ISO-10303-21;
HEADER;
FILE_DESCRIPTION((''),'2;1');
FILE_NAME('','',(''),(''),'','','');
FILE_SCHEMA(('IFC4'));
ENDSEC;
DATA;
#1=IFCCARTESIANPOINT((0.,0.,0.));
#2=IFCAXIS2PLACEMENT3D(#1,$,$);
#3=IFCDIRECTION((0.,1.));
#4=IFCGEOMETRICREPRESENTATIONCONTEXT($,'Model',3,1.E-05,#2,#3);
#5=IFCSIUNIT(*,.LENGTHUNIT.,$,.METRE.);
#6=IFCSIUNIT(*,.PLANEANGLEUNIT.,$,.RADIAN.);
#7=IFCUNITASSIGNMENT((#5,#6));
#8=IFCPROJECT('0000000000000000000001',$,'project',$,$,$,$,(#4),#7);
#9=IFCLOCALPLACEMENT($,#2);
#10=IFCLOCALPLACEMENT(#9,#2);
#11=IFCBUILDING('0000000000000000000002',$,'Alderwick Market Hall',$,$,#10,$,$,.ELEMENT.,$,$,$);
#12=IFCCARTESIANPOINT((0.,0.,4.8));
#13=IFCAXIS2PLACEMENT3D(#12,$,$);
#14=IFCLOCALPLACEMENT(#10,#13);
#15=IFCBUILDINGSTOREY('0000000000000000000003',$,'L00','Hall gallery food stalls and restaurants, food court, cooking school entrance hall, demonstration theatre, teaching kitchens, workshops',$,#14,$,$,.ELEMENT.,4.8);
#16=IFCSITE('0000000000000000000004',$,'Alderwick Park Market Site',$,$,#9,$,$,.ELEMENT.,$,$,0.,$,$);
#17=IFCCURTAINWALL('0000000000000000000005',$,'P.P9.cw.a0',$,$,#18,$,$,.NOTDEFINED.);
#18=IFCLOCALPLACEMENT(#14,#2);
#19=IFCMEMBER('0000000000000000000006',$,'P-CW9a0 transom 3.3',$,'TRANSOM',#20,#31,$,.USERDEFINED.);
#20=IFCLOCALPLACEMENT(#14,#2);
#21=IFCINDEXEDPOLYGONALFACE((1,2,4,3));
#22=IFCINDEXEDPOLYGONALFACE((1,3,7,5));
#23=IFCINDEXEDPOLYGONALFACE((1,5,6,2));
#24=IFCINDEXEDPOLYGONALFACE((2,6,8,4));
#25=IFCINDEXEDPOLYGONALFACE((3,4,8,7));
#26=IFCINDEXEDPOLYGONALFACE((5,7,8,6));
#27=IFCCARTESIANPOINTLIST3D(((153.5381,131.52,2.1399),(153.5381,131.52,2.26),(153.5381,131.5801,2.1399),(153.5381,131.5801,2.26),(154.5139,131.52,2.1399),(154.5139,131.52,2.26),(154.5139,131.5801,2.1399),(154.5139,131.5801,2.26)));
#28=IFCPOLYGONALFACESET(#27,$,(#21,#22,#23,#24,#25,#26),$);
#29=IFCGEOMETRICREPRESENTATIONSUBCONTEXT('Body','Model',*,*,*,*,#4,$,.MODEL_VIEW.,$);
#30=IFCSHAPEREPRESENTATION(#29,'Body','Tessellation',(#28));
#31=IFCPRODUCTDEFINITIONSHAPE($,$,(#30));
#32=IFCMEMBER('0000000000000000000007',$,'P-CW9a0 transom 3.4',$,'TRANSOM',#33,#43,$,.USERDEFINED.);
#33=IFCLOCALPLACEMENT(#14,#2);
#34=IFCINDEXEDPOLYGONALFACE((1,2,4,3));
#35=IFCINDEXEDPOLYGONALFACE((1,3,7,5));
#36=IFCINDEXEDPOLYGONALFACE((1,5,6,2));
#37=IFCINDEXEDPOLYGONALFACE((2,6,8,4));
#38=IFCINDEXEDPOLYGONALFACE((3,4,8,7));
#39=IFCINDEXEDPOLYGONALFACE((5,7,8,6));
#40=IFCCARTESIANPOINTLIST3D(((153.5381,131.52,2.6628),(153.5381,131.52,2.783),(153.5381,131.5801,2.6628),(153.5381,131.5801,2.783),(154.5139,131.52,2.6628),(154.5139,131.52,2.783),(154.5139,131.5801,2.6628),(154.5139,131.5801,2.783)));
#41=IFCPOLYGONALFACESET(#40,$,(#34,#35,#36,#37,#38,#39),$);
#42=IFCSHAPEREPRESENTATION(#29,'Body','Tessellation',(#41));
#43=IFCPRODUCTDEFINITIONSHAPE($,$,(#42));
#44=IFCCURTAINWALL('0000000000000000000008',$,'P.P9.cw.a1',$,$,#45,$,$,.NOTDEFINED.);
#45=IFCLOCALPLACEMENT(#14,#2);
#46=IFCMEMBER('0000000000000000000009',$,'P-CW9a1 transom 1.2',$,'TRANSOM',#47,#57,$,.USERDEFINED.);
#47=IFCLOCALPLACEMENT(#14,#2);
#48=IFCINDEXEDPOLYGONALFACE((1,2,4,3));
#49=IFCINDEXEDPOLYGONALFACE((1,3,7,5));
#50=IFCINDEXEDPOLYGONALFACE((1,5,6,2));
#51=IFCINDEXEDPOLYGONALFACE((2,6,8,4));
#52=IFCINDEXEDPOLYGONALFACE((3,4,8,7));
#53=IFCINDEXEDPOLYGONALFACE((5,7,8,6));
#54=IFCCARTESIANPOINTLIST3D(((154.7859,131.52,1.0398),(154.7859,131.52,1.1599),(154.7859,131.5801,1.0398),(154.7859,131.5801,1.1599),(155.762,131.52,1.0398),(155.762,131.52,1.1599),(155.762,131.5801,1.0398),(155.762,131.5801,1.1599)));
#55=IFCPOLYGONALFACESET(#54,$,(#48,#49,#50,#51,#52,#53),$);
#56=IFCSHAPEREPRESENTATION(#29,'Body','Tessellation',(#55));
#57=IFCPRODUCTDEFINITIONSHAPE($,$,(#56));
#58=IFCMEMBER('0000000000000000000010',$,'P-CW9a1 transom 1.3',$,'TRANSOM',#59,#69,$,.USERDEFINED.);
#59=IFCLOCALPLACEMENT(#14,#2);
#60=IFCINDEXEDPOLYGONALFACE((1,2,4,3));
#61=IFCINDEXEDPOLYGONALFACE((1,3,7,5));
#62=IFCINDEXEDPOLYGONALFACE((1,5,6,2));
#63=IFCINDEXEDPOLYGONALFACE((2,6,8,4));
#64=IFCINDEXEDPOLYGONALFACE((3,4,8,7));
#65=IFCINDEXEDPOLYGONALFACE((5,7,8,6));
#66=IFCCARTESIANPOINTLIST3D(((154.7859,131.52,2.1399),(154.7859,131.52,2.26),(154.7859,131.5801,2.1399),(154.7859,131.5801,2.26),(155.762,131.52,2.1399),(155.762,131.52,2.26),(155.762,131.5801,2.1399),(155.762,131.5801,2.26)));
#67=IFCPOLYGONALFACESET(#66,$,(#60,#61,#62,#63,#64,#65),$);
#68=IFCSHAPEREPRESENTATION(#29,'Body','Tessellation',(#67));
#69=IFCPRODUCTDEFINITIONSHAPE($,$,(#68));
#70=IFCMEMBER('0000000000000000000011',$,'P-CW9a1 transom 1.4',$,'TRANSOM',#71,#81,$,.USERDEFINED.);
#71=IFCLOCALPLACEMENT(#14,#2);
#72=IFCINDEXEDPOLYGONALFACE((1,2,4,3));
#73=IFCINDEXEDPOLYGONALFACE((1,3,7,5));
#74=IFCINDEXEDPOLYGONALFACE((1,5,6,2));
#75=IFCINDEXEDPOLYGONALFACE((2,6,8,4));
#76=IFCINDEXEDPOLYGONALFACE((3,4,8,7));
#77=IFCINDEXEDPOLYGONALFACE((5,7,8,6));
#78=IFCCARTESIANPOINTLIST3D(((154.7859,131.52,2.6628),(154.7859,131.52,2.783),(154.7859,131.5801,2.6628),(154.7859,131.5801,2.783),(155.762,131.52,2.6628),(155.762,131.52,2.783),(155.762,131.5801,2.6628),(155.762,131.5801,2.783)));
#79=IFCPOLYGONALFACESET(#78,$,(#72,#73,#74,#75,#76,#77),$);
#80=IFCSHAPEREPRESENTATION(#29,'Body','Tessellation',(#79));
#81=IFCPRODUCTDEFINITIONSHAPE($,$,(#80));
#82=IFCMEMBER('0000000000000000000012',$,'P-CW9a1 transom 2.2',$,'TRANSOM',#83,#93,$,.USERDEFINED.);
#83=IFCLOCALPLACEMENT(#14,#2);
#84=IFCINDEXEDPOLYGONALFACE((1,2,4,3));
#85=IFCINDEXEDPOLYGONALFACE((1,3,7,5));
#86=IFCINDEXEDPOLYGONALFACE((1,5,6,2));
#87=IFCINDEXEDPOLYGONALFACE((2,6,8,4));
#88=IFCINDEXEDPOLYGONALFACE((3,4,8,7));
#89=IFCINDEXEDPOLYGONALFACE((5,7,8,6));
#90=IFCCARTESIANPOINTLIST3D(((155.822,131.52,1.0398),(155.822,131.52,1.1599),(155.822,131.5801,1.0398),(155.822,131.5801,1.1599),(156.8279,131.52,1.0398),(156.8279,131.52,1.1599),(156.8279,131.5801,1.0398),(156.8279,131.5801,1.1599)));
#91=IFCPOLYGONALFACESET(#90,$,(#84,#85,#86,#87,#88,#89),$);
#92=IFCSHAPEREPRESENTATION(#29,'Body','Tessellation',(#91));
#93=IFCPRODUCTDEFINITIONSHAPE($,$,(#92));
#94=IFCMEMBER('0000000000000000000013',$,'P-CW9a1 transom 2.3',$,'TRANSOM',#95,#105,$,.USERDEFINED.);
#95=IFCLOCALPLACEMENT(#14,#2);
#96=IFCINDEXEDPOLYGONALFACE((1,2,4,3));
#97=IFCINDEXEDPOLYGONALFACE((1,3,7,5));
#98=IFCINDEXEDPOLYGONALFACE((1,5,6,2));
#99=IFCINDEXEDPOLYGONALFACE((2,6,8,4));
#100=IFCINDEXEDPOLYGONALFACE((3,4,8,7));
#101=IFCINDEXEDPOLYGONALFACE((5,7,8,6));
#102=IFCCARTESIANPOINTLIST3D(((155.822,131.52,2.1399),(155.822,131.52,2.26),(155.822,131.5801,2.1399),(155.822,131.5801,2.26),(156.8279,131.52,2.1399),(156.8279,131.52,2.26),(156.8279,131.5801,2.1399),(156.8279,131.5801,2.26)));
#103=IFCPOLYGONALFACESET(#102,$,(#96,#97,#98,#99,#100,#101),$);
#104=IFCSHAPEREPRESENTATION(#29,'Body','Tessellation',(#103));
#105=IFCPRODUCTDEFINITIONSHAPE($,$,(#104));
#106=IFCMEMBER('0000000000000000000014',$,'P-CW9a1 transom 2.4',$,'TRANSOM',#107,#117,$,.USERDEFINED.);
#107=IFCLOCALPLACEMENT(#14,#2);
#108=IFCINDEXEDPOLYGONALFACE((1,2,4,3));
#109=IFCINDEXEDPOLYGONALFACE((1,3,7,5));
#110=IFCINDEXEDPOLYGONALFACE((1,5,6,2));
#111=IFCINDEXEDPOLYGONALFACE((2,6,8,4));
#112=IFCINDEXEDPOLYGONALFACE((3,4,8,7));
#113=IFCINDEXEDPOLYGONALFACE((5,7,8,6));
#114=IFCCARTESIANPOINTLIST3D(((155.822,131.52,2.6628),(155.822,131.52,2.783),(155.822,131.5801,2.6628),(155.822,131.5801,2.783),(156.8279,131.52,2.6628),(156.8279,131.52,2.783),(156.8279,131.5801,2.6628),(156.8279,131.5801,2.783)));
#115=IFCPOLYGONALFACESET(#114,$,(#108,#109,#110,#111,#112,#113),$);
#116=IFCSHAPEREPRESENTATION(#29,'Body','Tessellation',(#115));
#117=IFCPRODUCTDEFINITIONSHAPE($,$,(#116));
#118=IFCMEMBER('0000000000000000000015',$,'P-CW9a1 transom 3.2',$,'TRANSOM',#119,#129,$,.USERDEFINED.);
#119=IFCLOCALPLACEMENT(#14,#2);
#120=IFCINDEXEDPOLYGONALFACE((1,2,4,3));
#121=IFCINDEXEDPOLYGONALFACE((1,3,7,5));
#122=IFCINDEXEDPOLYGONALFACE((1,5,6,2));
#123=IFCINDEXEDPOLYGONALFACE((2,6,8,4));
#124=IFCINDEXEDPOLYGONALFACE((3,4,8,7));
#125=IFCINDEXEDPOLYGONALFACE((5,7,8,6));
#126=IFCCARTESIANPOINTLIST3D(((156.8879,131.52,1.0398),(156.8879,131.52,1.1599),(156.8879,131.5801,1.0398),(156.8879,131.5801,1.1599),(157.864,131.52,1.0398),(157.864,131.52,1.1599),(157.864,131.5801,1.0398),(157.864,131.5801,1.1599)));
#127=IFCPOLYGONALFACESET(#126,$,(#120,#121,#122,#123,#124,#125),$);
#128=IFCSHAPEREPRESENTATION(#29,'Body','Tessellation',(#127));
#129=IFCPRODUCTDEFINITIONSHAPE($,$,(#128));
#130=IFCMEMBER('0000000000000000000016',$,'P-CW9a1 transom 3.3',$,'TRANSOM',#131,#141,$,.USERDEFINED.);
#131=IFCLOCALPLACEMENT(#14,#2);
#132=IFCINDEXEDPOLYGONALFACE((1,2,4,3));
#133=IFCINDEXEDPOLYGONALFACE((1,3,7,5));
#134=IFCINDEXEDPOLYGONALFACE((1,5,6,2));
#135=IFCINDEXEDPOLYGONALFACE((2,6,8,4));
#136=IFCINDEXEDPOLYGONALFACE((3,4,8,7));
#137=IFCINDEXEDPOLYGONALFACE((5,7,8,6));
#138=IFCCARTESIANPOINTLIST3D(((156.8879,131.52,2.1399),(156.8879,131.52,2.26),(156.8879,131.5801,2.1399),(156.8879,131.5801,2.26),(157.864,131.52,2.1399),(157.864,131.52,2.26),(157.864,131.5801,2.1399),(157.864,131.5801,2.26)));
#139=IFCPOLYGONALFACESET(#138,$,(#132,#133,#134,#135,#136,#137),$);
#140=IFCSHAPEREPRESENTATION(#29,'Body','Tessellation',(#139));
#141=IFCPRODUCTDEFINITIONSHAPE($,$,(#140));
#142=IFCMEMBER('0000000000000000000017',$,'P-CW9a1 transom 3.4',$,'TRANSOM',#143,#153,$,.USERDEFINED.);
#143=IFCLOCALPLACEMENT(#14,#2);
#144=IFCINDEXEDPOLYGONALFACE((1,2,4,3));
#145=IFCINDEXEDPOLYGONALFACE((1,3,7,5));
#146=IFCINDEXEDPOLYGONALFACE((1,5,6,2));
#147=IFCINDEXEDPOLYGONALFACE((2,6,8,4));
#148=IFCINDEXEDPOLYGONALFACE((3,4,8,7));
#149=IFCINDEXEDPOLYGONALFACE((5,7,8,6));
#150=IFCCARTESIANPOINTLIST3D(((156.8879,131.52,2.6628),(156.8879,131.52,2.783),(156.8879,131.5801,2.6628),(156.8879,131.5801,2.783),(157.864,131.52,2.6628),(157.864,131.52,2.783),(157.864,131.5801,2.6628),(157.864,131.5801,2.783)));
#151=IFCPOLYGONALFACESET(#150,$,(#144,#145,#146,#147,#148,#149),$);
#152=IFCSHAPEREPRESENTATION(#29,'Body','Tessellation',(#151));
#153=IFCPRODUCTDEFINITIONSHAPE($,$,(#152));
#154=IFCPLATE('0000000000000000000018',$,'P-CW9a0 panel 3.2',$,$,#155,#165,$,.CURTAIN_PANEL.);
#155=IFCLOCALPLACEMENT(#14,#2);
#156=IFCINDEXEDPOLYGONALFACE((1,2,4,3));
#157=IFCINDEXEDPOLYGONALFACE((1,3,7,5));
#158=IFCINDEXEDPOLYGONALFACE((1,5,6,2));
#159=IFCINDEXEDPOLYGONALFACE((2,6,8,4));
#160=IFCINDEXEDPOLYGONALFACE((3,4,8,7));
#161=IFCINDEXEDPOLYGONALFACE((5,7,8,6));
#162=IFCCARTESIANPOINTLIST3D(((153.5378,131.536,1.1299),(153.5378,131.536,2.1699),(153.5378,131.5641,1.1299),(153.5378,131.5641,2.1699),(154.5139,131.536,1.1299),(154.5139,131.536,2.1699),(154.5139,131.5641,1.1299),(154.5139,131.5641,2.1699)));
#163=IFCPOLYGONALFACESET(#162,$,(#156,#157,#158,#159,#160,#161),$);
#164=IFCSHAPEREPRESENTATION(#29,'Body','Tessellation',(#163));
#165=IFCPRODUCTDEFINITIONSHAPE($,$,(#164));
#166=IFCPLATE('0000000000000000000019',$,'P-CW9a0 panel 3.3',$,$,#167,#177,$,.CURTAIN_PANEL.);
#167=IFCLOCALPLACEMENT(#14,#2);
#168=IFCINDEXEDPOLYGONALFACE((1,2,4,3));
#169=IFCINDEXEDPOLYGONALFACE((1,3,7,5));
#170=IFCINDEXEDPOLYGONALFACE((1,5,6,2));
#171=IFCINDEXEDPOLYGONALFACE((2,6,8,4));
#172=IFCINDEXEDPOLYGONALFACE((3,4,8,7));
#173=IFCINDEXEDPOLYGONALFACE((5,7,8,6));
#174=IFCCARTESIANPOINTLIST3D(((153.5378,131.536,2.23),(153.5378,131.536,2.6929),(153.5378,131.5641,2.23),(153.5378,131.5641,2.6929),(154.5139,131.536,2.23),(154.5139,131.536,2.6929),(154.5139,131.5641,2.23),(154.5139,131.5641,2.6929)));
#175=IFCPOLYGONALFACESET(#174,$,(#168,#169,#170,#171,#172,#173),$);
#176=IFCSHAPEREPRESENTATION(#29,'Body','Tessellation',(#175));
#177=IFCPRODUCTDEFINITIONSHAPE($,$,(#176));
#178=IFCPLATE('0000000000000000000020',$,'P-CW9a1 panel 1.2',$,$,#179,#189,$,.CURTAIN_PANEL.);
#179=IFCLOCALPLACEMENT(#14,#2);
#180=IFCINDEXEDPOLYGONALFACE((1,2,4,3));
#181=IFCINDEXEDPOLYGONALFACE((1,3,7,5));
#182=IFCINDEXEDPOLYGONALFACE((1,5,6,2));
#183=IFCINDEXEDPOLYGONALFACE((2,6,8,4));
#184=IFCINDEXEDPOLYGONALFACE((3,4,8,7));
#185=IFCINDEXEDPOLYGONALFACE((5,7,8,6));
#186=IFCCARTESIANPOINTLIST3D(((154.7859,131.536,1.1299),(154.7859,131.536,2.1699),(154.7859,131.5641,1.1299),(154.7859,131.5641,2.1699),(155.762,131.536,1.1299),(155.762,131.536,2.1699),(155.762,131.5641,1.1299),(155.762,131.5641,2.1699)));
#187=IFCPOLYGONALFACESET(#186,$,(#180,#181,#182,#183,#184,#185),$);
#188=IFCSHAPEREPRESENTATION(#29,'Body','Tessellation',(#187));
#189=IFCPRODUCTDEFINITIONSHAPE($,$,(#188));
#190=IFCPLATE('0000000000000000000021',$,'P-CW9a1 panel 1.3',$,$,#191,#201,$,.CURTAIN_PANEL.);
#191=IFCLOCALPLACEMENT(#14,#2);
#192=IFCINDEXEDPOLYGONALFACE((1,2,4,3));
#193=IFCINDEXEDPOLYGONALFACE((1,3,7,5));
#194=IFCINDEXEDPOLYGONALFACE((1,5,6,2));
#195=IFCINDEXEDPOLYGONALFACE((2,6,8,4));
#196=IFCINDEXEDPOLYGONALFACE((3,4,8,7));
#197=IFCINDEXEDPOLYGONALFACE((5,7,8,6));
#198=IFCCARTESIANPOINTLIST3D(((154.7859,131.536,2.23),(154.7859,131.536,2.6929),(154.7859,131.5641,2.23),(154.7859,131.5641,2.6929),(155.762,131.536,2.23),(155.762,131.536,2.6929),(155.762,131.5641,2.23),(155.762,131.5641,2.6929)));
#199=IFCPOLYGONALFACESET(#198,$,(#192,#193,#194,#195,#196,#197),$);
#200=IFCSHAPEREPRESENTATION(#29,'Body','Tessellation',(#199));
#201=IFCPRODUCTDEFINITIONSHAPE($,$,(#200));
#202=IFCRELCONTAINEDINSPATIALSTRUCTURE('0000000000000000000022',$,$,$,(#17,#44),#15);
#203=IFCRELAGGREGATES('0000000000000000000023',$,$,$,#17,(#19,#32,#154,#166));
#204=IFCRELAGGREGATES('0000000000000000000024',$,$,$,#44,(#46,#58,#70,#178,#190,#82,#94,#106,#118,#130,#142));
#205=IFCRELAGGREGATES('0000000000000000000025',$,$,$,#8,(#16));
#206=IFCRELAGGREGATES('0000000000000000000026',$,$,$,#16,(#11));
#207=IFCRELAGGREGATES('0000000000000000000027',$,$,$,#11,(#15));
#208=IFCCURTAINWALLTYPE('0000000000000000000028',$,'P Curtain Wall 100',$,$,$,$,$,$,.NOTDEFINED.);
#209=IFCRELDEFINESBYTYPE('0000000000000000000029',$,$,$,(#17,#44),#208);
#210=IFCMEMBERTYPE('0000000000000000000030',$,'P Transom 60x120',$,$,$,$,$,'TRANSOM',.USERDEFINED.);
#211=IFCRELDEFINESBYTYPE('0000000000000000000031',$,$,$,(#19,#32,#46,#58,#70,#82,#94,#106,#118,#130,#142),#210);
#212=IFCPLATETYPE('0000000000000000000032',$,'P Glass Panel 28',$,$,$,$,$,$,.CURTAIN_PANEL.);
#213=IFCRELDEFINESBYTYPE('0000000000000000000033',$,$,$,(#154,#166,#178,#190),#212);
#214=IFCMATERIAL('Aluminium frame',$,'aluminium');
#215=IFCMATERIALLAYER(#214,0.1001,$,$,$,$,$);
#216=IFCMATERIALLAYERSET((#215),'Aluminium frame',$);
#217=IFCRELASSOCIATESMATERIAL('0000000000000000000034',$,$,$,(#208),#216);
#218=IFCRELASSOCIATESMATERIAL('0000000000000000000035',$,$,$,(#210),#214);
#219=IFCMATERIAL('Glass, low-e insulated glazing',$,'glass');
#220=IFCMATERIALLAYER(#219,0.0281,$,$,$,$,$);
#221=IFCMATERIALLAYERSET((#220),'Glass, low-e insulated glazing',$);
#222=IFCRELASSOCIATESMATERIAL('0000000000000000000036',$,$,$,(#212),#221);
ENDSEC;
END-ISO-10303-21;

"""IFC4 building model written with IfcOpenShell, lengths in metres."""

from ifc_helpers import new_model, si_unit, direction, frame, origin, origin_2d, place, context, subcontext, project, spatial, rectangle, extrude, material, layer, layer_set, material_profile, profile_set, type_object, element, aggregate, save


model = new_model("IFC4")

# Units and contexts
model_context = context("Model", 3, precision=1e-05, world=origin(), true_north=direction((0.0, 1.0)))
body_context = subcontext(model_context, "Body", "Model", "MODEL_VIEW")
ifc_project = project(units=[si_unit("LENGTHUNIT", "METRE"), si_unit("PLANEANGLEUNIT", "RADIAN")], contexts=[model_context])

# Site, building, storey
site_placement = place(None, origin())
site = spatial("IfcSite", under=ifc_project, at=site_placement, Name="Alderwick Park Market Site", CompositionType="ELEMENT", RefElevation=0.0)
building_placement = place(site_placement, origin())
building = spatial("IfcBuilding", under=site, at=building_placement, Name="Alderwick Market Hall", CompositionType="ELEMENT")
storey_placement = place(building_placement, frame((0.0, 0.0, 4.8)))
storey = spatial("IfcBuildingStorey", under=building, at=storey_placement, Name="L00", Description="Hall gallery food stalls and restaurants, food court, cooking school entrance hall, demonstration theatre, teaching kitchens, workshops", CompositionType="ELEMENT", Elevation=4.8)

# Curtain walls, members
ifc_material_1 = material(Name="Aluminium frame", Category="aluminium")
ifc_layer_1 = layer(ifc_material_1, 0.1001)
ifc_layer_set_1 = layer_set([ifc_layer_1], Name="Aluminium frame")
curtain_wall_type = type_object("IfcCurtainWallType", Name="P Curtain Wall 100", PredefinedType="NOTDEFINED", material=ifc_layer_set_1)
curtain_wall_1_placement = place(storey_placement, origin())
curtain_wall_1 = element("IfcCurtainWall", 1, at=curtain_wall_1_placement, inside=storey, type_object=curtain_wall_type, Name="P.P9.cw.a0", PredefinedType="NOTDEFINED")
ifc_material_profile = material_profile(ifc_material_1, rectangle(XDim=0.0601, YDim=0.1201, at=origin_2d()), Name="P Transom 60x120")
ifc_profile_set = profile_set([ifc_material_profile], Name="Aluminium frame")
member_type = type_object("IfcMemberType", Name="P Transom 60x120", ElementType="TRANSOM", PredefinedType="USERDEFINED", material=ifc_profile_set)
member_1_placement = place(storey_placement, frame((153.5381, 131.55, 2.2), z_axis=(1.0, 0.0, 0.0), x_axis=(0.0, 1.0, 0.0)))
member_1 = element("IfcMember", 2, at=member_1_placement, type_object=member_type, Name="P-CW9a0 transom 3.3", ObjectType="TRANSOM", PredefinedType="USERDEFINED", context=body_context, shape_type="SweptSolid", body=[
    extrude(rectangle(XDim=0.0601, YDim=0.1201, at=origin_2d()), origin(), (0.0, 0.0, 1.0), 0.9758),
])
member_2_placement = place(storey_placement, frame((153.5381, 131.55, 2.7229), z_axis=(1.0, 0.0, 0.0), x_axis=(0.0, 1.0, 0.0)))
member_2 = element("IfcMember", 3, at=member_2_placement, type_object=member_type, Name="P-CW9a0 transom 3.4", ObjectType="TRANSOM", PredefinedType="USERDEFINED", context=body_context, shape_type="SweptSolid", body=[
    extrude(rectangle(XDim=0.0601, YDim=0.1201, at=origin_2d()), origin(), (0.0, 0.0, 1.0), 0.9758),
])
curtain_wall_2_placement = place(storey_placement, origin())
curtain_wall_2 = element("IfcCurtainWall", 4, at=curtain_wall_2_placement, inside=storey, type_object=curtain_wall_type, Name="P.P9.cw.a1", PredefinedType="NOTDEFINED")
member_3_placement = place(storey_placement, frame((154.7859, 131.55, 1.0999), z_axis=(1.0, 0.0, 0.0), x_axis=(0.0, 1.0, 0.0)))
member_3 = element("IfcMember", 5, at=member_3_placement, type_object=member_type, Name="P-CW9a1 transom 1.2", ObjectType="TRANSOM", PredefinedType="USERDEFINED", context=body_context, shape_type="SweptSolid", body=[
    extrude(rectangle(XDim=0.0601, YDim=0.1201, at=origin_2d()), origin(), (0.0, 0.0, 1.0), 0.9761),
])
member_4_placement = place(storey_placement, frame((154.7859, 131.55, 2.2), z_axis=(1.0, 0.0, 0.0), x_axis=(0.0, 1.0, 0.0)))
member_4 = element("IfcMember", 6, at=member_4_placement, type_object=member_type, Name="P-CW9a1 transom 1.3", ObjectType="TRANSOM", PredefinedType="USERDEFINED", context=body_context, shape_type="SweptSolid", body=[
    extrude(rectangle(XDim=0.0601, YDim=0.1201, at=origin_2d()), origin(), (0.0, 0.0, 1.0), 0.9761),
])
member_5_placement = place(storey_placement, frame((154.7859, 131.55, 2.7229), z_axis=(1.0, 0.0, 0.0), x_axis=(0.0, 1.0, 0.0)))
member_5 = element("IfcMember", 7, at=member_5_placement, type_object=member_type, Name="P-CW9a1 transom 1.4", ObjectType="TRANSOM", PredefinedType="USERDEFINED", context=body_context, shape_type="SweptSolid", body=[
    extrude(rectangle(XDim=0.0601, YDim=0.1201, at=origin_2d()), origin(), (0.0, 0.0, 1.0), 0.9761),
])
member_6_placement = place(storey_placement, frame((155.822, 131.55, 1.0999), z_axis=(1.0, 0.0, 0.0), x_axis=(0.0, 1.0, 0.0)))
member_6 = element("IfcMember", 8, at=member_6_placement, type_object=member_type, Name="P-CW9a1 transom 2.2", ObjectType="TRANSOM", PredefinedType="USERDEFINED", context=body_context, shape_type="SweptSolid", body=[
    extrude(rectangle(XDim=0.0601, YDim=0.1201, at=origin_2d()), origin(), (0.0, 0.0, 1.0), 1.0059),
])
member_7_placement = place(storey_placement, frame((155.822, 131.55, 2.2), z_axis=(1.0, 0.0, 0.0), x_axis=(0.0, 1.0, 0.0)))
member_7 = element("IfcMember", 9, at=member_7_placement, type_object=member_type, Name="P-CW9a1 transom 2.3", ObjectType="TRANSOM", PredefinedType="USERDEFINED", context=body_context, shape_type="SweptSolid", body=[
    extrude(rectangle(XDim=0.0601, YDim=0.1201, at=origin_2d()), origin(), (0.0, 0.0, 1.0), 1.0059),
])
member_8_placement = place(storey_placement, frame((155.822, 131.55, 2.7229), z_axis=(1.0, 0.0, 0.0), x_axis=(0.0, 1.0, 0.0)))
member_8 = element("IfcMember", 10, at=member_8_placement, type_object=member_type, Name="P-CW9a1 transom 2.4", ObjectType="TRANSOM", PredefinedType="USERDEFINED", context=body_context, shape_type="SweptSolid", body=[
    extrude(rectangle(XDim=0.0601, YDim=0.1201, at=origin_2d()), origin(), (0.0, 0.0, 1.0), 1.0059),
])
member_9_placement = place(storey_placement, frame((156.8879, 131.55, 1.0999), z_axis=(1.0, 0.0, 0.0), x_axis=(0.0, 1.0, 0.0)))
member_9 = element("IfcMember", 11, at=member_9_placement, type_object=member_type, Name="P-CW9a1 transom 3.2", ObjectType="TRANSOM", PredefinedType="USERDEFINED", context=body_context, shape_type="SweptSolid", body=[
    extrude(rectangle(XDim=0.0601, YDim=0.1201, at=origin_2d()), origin(), (0.0, 0.0, 1.0), 0.9761),
])
member_10_placement = place(storey_placement, frame((156.8879, 131.55, 2.2), z_axis=(1.0, 0.0, 0.0), x_axis=(0.0, 1.0, 0.0)))
member_10 = element("IfcMember", 12, at=member_10_placement, type_object=member_type, Name="P-CW9a1 transom 3.3", ObjectType="TRANSOM", PredefinedType="USERDEFINED", context=body_context, shape_type="SweptSolid", body=[
    extrude(rectangle(XDim=0.0601, YDim=0.1201, at=origin_2d()), origin(), (0.0, 0.0, 1.0), 0.9761),
])
member_11_placement = place(storey_placement, frame((156.8879, 131.55, 2.7229), z_axis=(1.0, 0.0, 0.0), x_axis=(0.0, 1.0, 0.0)))
member_11 = element("IfcMember", 13, at=member_11_placement, type_object=member_type, Name="P-CW9a1 transom 3.4", ObjectType="TRANSOM", PredefinedType="USERDEFINED", context=body_context, shape_type="SweptSolid", body=[
    extrude(rectangle(XDim=0.0601, YDim=0.1201, at=origin_2d()), origin(), (0.0, 0.0, 1.0), 0.9761),
])

# Plates
ifc_material_2 = material(Name="Glass, low-e insulated glazing", Category="glass")
ifc_layer_2 = layer(ifc_material_2, 0.0281)
ifc_layer_set_2 = layer_set([ifc_layer_2], Name="Glass, low-e insulated glazing")
plate_type = type_object("IfcPlateType", Name="P Glass Panel 28", PredefinedType="CURTAIN_PANEL", material=ifc_layer_set_2)
plate_1_placement = place(storey_placement, frame((154.0259, 131.55, 1.1299), z_axis=(0.0, 0.0, 1.0), x_axis=(1.0, 0.0, 0.0)))
plate_1 = element("IfcPlate", 14, at=plate_1_placement, type_object=plate_type, Name="P-CW9a0 panel 3.2", PredefinedType="CURTAIN_PANEL", context=body_context, shape_type="SweptSolid", body=[
    extrude(rectangle(XDim=0.9761, YDim=0.0281, at=origin_2d()), origin(), (0.0, 0.0, 1.0), 1.04),
])
plate_2_placement = place(storey_placement, frame((154.0259, 131.55, 2.23), z_axis=(0.0, 0.0, 1.0), x_axis=(1.0, 0.0, 0.0)))
plate_2 = element("IfcPlate", 15, at=plate_2_placement, type_object=plate_type, Name="P-CW9a0 panel 3.3", PredefinedType="CURTAIN_PANEL", context=body_context, shape_type="SweptSolid", body=[
    extrude(rectangle(XDim=0.9761, YDim=0.0281, at=origin_2d()), origin(), (0.0, 0.0, 1.0), 0.4629),
])
aggregate(curtain_wall_1, [member_1, member_2, plate_1, plate_2])
plate_3_placement = place(storey_placement, frame((155.2739, 131.55, 1.1299), z_axis=(0.0, 0.0, 1.0), x_axis=(1.0, 0.0, 0.0)))
plate_3 = element("IfcPlate", 16, at=plate_3_placement, type_object=plate_type, Name="P-CW9a1 panel 1.2", PredefinedType="CURTAIN_PANEL", context=body_context, shape_type="SweptSolid", body=[
    extrude(rectangle(XDim=0.9761, YDim=0.0281, at=origin_2d()), origin(), (0.0, 0.0, 1.0), 1.04),
])
plate_4_placement = place(storey_placement, frame((155.2739, 131.55, 2.23), z_axis=(0.0, 0.0, 1.0), x_axis=(1.0, 0.0, 0.0)))
plate_4 = element("IfcPlate", 17, at=plate_4_placement, type_object=plate_type, Name="P-CW9a1 panel 1.3", PredefinedType="CURTAIN_PANEL", context=body_context, shape_type="SweptSolid", body=[
    extrude(rectangle(XDim=0.9761, YDim=0.0281, at=origin_2d()), origin(), (0.0, 0.0, 1.0), 0.4629),
])
aggregate(curtain_wall_2, [member_3, member_4, member_5, plate_3, plate_4, member_6, member_7, member_8, member_9, member_10, member_11])

save(model, "model.ifc")
